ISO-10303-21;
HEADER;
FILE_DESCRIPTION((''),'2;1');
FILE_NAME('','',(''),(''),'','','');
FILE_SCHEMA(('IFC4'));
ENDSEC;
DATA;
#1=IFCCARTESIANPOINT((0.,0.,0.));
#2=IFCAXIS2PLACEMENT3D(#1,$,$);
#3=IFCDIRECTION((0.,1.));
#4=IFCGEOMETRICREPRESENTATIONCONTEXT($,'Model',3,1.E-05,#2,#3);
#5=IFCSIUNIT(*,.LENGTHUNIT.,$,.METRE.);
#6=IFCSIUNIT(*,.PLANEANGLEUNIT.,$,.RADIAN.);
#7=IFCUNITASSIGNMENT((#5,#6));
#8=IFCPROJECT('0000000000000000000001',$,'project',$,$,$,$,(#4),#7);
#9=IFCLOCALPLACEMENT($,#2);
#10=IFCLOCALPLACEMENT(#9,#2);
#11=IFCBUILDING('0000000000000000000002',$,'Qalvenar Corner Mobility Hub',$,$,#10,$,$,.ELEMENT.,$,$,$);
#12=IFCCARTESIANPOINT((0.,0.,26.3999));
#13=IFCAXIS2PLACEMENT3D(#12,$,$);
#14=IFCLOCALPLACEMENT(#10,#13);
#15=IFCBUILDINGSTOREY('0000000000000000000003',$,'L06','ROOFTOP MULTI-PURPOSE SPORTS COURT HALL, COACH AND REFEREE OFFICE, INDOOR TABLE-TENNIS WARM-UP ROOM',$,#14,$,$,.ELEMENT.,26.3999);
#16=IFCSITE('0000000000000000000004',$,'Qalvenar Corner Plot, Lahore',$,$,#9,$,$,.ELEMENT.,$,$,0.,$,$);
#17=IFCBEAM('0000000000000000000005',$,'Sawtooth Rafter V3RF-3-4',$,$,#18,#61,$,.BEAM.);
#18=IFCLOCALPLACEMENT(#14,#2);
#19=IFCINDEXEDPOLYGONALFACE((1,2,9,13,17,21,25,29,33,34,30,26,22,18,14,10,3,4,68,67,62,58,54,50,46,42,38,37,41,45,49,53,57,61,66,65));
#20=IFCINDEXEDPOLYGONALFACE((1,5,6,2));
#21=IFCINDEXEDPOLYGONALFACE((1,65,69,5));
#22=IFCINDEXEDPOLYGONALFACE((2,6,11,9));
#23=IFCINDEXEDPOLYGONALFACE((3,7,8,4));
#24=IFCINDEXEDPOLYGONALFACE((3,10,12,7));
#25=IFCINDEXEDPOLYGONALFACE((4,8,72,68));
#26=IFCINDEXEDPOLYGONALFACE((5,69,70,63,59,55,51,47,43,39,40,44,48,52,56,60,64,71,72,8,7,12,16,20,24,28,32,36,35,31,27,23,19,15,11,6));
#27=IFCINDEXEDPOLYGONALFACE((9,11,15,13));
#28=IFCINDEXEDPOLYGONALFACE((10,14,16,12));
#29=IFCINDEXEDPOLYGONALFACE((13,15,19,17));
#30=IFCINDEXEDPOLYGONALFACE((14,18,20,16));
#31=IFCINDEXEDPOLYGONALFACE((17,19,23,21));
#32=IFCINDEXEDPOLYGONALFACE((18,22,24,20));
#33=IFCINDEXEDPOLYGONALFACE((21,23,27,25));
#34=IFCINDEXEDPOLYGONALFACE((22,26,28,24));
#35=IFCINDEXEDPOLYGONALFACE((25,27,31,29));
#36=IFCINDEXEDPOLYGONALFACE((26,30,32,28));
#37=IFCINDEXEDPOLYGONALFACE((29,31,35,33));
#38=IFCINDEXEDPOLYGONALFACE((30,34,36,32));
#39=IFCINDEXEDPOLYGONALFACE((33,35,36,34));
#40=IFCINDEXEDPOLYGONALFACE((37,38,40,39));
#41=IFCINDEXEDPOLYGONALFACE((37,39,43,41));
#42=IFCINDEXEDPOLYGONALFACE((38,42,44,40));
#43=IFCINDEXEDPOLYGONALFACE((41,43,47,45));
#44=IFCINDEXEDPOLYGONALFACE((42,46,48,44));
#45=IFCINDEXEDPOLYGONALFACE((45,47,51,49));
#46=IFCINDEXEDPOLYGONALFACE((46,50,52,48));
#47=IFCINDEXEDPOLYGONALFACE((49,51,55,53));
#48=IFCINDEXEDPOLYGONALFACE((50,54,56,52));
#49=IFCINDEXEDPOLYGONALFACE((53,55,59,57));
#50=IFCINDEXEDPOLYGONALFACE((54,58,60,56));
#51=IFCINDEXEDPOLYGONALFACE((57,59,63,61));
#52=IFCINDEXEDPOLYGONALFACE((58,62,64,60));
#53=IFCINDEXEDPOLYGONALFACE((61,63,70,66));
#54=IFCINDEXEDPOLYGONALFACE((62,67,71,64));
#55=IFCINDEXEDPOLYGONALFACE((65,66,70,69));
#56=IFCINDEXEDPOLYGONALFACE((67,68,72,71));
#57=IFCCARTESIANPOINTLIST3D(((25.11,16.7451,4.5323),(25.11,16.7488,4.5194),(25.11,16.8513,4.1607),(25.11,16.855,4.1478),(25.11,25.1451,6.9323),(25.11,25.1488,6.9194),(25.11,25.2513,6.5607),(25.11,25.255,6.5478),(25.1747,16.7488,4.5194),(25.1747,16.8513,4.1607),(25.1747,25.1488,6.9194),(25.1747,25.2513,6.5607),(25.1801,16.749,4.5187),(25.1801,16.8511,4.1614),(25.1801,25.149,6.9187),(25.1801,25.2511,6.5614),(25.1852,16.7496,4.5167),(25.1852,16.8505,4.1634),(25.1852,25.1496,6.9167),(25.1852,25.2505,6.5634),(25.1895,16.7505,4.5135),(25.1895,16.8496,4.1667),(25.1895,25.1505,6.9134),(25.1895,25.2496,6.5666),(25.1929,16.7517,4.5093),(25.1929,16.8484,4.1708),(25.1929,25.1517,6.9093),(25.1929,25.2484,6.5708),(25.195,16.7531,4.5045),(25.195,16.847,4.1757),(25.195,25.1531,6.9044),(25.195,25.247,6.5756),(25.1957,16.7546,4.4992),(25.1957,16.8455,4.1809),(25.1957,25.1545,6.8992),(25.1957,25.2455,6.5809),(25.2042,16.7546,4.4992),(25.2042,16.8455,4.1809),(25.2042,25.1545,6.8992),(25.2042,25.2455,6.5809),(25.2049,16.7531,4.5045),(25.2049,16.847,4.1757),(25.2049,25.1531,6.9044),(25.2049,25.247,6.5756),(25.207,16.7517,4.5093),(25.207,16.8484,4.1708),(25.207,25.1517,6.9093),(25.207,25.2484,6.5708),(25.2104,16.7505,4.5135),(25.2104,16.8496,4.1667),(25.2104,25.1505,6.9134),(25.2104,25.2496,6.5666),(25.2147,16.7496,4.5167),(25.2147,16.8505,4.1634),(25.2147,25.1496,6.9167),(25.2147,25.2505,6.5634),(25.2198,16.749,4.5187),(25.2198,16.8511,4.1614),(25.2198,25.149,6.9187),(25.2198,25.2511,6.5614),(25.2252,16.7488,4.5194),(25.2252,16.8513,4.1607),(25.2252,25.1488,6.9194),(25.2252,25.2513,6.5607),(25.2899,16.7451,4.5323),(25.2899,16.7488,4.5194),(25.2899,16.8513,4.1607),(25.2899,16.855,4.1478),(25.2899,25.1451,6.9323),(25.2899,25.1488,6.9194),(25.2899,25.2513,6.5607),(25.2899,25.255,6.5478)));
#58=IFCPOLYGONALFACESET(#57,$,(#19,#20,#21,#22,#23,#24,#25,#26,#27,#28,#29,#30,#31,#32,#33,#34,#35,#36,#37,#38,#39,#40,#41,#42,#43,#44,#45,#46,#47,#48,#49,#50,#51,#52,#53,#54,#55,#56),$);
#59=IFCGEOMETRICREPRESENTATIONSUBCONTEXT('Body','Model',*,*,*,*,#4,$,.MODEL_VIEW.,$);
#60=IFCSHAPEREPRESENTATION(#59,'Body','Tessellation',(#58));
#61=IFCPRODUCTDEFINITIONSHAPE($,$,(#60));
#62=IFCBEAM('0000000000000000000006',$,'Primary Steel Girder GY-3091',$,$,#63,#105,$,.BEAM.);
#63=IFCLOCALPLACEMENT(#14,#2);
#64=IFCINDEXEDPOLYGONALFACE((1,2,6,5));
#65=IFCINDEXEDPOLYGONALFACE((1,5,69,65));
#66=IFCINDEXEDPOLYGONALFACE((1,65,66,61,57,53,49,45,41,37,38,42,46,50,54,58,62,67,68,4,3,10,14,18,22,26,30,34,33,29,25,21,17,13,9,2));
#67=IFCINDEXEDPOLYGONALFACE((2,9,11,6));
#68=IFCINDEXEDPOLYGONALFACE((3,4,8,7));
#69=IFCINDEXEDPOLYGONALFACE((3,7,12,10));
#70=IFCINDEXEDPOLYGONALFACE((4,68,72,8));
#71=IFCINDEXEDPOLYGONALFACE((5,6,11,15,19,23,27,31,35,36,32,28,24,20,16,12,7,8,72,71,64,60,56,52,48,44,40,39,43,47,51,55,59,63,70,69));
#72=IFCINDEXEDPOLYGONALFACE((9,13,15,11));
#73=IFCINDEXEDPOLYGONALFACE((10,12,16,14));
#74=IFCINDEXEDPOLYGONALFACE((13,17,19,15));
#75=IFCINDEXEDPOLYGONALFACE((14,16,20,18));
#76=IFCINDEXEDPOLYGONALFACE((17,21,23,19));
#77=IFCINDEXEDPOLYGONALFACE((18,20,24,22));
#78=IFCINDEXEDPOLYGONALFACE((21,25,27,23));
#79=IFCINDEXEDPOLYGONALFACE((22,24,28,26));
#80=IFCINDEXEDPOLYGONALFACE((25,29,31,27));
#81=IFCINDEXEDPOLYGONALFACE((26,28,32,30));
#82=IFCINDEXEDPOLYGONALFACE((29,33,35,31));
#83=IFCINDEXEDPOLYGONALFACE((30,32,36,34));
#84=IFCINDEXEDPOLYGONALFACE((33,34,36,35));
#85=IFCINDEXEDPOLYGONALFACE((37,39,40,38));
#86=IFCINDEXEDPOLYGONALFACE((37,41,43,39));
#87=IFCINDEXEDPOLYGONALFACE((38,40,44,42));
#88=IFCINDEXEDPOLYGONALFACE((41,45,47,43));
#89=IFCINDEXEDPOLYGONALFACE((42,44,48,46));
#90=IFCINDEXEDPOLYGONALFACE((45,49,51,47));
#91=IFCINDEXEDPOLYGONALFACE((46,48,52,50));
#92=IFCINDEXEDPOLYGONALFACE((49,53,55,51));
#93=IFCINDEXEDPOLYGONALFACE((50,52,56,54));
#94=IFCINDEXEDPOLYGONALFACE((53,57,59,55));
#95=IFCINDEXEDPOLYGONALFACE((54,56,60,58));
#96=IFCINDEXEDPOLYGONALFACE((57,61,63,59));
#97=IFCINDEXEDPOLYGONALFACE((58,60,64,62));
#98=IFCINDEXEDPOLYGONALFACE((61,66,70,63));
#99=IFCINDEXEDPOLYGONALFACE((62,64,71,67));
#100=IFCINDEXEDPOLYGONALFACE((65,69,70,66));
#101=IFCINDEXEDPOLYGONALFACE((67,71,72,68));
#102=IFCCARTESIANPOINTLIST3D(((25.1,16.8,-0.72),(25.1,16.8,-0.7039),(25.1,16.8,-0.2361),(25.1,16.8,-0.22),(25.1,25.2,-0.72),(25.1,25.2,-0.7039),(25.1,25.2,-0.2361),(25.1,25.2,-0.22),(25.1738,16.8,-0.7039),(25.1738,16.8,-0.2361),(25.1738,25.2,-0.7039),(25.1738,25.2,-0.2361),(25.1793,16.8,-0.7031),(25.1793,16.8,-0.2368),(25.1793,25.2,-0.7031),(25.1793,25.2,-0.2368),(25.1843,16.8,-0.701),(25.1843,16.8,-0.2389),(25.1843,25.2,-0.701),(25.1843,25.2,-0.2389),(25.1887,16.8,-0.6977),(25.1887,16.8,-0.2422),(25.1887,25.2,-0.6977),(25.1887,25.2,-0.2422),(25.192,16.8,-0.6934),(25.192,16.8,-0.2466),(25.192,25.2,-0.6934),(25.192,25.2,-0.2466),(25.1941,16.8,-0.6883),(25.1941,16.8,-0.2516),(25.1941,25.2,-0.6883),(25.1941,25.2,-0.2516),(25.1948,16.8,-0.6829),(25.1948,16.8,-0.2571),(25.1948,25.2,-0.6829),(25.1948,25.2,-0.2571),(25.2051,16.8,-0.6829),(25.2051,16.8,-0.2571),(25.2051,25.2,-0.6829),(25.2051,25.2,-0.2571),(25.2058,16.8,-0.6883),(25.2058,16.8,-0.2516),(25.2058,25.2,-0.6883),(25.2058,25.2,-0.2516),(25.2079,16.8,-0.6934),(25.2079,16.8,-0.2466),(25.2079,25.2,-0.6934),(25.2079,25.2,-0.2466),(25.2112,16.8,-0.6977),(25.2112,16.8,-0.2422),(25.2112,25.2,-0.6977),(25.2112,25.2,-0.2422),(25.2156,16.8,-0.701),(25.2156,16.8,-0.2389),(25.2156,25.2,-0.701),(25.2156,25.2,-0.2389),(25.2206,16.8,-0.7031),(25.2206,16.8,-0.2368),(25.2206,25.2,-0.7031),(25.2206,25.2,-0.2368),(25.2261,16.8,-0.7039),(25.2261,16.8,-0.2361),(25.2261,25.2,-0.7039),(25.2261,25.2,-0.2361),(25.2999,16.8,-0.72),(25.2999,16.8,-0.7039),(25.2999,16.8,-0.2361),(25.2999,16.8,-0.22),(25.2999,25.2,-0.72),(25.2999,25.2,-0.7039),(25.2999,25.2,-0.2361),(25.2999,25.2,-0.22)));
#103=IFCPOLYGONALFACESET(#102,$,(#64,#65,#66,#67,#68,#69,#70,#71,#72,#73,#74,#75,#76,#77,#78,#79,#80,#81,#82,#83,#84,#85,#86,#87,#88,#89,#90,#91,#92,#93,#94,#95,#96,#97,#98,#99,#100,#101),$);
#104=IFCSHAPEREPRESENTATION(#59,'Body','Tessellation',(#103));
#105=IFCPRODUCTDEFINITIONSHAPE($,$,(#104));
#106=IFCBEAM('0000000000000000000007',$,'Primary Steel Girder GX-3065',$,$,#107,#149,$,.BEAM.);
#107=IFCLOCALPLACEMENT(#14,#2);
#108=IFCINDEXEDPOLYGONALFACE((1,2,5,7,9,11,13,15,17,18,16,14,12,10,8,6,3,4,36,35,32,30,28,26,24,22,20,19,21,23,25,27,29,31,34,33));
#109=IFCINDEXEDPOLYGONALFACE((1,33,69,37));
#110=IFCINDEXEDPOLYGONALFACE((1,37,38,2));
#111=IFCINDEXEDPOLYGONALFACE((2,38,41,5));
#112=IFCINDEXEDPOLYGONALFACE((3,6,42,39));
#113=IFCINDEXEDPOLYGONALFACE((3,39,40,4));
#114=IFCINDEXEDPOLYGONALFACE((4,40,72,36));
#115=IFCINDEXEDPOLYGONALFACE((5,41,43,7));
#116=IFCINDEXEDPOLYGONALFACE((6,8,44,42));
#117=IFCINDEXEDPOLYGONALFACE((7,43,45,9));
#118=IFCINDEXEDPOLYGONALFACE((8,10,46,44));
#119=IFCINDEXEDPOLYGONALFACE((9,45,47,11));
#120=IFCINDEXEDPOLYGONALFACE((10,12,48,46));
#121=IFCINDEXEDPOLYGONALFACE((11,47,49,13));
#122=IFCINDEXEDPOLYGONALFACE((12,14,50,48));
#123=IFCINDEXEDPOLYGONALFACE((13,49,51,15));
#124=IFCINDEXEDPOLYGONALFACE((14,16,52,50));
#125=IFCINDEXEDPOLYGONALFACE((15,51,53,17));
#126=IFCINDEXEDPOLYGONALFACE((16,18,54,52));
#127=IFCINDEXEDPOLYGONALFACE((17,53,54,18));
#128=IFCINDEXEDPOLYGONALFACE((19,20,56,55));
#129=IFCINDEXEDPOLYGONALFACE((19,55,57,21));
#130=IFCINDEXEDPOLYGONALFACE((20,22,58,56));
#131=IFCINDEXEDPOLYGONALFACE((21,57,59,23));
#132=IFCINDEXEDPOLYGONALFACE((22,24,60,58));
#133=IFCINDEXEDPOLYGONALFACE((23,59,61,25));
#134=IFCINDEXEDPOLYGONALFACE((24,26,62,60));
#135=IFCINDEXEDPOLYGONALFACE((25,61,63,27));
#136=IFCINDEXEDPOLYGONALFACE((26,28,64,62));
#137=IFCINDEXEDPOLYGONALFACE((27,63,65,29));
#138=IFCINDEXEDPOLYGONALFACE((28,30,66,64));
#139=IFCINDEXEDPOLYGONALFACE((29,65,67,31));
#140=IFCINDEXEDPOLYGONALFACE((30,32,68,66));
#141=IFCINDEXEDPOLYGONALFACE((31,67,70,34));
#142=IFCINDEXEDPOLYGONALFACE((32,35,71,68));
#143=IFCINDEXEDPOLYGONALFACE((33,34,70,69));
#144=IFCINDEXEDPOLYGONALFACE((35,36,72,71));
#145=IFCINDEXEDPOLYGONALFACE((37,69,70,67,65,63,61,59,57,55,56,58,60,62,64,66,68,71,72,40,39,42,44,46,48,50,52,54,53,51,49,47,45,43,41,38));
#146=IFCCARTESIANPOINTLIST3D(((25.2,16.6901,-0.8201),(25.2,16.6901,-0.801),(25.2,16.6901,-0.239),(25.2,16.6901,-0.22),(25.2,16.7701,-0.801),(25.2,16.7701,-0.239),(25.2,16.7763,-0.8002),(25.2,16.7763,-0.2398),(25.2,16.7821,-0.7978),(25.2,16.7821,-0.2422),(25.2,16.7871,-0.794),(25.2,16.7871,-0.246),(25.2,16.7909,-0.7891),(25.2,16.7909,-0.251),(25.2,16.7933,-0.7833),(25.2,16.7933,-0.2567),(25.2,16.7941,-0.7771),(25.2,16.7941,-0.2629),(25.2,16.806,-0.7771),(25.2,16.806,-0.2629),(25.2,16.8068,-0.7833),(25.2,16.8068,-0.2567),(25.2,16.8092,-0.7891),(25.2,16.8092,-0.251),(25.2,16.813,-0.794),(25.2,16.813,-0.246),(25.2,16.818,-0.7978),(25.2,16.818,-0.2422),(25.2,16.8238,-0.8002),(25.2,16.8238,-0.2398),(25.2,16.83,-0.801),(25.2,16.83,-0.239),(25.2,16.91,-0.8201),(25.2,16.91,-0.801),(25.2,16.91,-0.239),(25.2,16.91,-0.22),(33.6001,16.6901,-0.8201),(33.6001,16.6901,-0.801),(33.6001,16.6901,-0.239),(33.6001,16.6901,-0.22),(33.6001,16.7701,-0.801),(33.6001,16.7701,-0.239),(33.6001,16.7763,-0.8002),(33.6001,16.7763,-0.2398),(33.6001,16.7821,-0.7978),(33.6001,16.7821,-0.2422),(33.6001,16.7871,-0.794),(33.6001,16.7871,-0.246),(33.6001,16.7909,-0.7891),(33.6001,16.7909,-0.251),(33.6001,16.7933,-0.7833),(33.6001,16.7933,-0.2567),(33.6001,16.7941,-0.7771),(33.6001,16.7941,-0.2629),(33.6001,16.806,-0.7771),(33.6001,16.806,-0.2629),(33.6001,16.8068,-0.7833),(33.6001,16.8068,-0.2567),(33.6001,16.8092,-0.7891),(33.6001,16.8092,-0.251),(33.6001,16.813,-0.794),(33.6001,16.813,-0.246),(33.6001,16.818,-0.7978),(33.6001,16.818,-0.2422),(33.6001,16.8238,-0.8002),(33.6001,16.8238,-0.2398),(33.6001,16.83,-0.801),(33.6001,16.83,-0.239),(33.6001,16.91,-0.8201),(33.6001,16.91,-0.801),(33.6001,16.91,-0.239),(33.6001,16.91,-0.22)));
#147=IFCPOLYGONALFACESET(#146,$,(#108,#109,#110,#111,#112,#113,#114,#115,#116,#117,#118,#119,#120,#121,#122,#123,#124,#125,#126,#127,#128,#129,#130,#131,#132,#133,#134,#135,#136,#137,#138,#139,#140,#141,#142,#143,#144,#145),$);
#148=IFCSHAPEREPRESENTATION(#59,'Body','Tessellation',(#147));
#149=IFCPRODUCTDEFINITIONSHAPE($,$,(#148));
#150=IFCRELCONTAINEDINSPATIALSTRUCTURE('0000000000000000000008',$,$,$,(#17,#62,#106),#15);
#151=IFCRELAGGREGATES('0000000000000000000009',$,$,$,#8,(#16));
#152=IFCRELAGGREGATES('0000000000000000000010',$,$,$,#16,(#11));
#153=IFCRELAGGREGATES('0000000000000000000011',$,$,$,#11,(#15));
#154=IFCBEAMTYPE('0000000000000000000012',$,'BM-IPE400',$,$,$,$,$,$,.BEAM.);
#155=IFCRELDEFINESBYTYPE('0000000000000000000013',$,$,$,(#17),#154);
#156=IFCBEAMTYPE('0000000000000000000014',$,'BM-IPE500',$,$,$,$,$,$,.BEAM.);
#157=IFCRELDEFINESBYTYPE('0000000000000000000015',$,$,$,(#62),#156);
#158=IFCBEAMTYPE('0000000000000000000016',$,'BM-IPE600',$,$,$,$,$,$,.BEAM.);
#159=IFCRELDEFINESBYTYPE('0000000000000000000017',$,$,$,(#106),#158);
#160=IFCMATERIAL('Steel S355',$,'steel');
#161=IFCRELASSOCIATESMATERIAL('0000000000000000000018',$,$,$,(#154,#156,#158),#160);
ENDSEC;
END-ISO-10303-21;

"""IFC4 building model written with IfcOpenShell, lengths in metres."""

from ifc_helpers import new_model, si_unit, direction, frame, origin, origin_2d, place, context, subcontext, project, spatial, i_section, extrude, material, material_profile, profile_set, type_object, element, save


model = new_model("IFC4")

# Units and contexts
model_context = context("Model", 3, precision=1e-05, world=origin(), true_north=direction((0.0, 1.0)))
body_context = subcontext(model_context, "Body", "Model", "MODEL_VIEW")
ifc_project = project(units=[si_unit("LENGTHUNIT", "METRE"), si_unit("PLANEANGLEUNIT", "RADIAN")], contexts=[model_context])

# Site, building, storey
site_placement = place(None, origin())
site = spatial("IfcSite", under=ifc_project, at=site_placement, Name="Qalvenar Corner Plot, Lahore", CompositionType="ELEMENT", RefElevation=0.0)
building_placement = place(site_placement, origin())
building = spatial("IfcBuilding", under=site, at=building_placement, Name="Qalvenar Corner Mobility Hub", CompositionType="ELEMENT")
storey_placement = place(building_placement, frame((0.0, 0.0, 26.3999)))
storey = spatial("IfcBuildingStorey", under=building, at=storey_placement, Name="L06", Description="ROOFTOP MULTI-PURPOSE SPORTS COURT HALL, COACH AND REFEREE OFFICE, INDOOR TABLE-TENNIS WARM-UP ROOM", CompositionType="ELEMENT", Elevation=26.3999)

# Shared definitions
ifc_material_1 = material(Name="Steel S355", Category="steel")

# Beams
ifc_material_profile_1 = material_profile(ifc_material_1, i_section(OverallWidth=0.1799, OverallDepth=0.3999, WebThickness=0.0085, FlangeThickness=0.0134, FilletRadius=0.021, at=origin_2d()), Name="IPE400")
ifc_profile_set_1 = profile_set([ifc_material_profile_1], Name="Steel S355")
beam_type_1 = type_object("IfcBeamType", Name="BM-IPE400", PredefinedType="BEAM", material=ifc_profile_set_1)
beam_1_placement = place(storey_placement, frame((25.2, 16.8, 4.3401), z_axis=(0.0, 0.961526, 0.274714), x_axis=(-1.0, 0.0, 0.0)))
element("IfcBeam", 1, at=beam_1_placement, inside=storey, type_object=beam_type_1, Name="Sawtooth Rafter V3RF-3-4", PredefinedType="BEAM", context=body_context, shape_type="SweptSolid", body=[
    extrude(i_section(OverallWidth=0.1799, OverallDepth=0.3999, WebThickness=0.0085, FlangeThickness=0.0134, FilletRadius=0.021, at=origin_2d()), origin(), (0.0, 0.0, 1.0), 8.7361),
])
ifc_material_profile_2 = material_profile(ifc_material_1, i_section(OverallWidth=0.2, OverallDepth=0.5, WebThickness=0.0103, FlangeThickness=0.0161, FilletRadius=0.021, at=origin_2d()), Name="IPE500")
ifc_profile_set_2 = profile_set([ifc_material_profile_2], Name="Steel S355")
beam_type_2 = type_object("IfcBeamType", Name="BM-IPE500", PredefinedType="BEAM", material=ifc_profile_set_2)
beam_2_placement = place(storey_placement, frame((25.2, 16.8, -0.47), z_axis=(0.0, 1.0, 0.0), x_axis=(-1.0, 0.0, 0.0)))
element("IfcBeam", 2, at=beam_2_placement, inside=storey, type_object=beam_type_2, Name="Primary Steel Girder GY-3091", PredefinedType="BEAM", context=body_context, shape_type="SweptSolid", body=[
    extrude(i_section(OverallWidth=0.2, OverallDepth=0.5, WebThickness=0.0103, FlangeThickness=0.0161, FilletRadius=0.021, at=origin_2d()), origin(), (0.0, 0.0, 1.0), 8.3999),
])
ifc_material_profile_3 = material_profile(ifc_material_1, i_section(OverallWidth=0.22, OverallDepth=0.6001, WebThickness=0.012, FlangeThickness=0.019, FilletRadius=0.0239, at=origin_2d()), Name="IPE600")
ifc_profile_set_3 = profile_set([ifc_material_profile_3], Name="Steel S355")
beam_type_3 = type_object("IfcBeamType", Name="BM-IPE600", PredefinedType="BEAM", material=ifc_profile_set_3)
beam_3_placement = place(storey_placement, frame((25.2, 16.8, -0.52), z_axis=(1.0, 0.0, 0.0), x_axis=(0.0, 1.0, 0.0)))
element("IfcBeam", 3, at=beam_3_placement, inside=storey, type_object=beam_type_3, Name="Primary Steel Girder GX-3065", PredefinedType="BEAM", context=body_context, shape_type="SweptSolid", body=[
    extrude(i_section(OverallWidth=0.22, OverallDepth=0.6001, WebThickness=0.012, FlangeThickness=0.019, FilletRadius=0.0239, at=origin_2d()), origin(), (0.0, 0.0, 1.0), 8.4001),
])

save(model, "model.ifc")
